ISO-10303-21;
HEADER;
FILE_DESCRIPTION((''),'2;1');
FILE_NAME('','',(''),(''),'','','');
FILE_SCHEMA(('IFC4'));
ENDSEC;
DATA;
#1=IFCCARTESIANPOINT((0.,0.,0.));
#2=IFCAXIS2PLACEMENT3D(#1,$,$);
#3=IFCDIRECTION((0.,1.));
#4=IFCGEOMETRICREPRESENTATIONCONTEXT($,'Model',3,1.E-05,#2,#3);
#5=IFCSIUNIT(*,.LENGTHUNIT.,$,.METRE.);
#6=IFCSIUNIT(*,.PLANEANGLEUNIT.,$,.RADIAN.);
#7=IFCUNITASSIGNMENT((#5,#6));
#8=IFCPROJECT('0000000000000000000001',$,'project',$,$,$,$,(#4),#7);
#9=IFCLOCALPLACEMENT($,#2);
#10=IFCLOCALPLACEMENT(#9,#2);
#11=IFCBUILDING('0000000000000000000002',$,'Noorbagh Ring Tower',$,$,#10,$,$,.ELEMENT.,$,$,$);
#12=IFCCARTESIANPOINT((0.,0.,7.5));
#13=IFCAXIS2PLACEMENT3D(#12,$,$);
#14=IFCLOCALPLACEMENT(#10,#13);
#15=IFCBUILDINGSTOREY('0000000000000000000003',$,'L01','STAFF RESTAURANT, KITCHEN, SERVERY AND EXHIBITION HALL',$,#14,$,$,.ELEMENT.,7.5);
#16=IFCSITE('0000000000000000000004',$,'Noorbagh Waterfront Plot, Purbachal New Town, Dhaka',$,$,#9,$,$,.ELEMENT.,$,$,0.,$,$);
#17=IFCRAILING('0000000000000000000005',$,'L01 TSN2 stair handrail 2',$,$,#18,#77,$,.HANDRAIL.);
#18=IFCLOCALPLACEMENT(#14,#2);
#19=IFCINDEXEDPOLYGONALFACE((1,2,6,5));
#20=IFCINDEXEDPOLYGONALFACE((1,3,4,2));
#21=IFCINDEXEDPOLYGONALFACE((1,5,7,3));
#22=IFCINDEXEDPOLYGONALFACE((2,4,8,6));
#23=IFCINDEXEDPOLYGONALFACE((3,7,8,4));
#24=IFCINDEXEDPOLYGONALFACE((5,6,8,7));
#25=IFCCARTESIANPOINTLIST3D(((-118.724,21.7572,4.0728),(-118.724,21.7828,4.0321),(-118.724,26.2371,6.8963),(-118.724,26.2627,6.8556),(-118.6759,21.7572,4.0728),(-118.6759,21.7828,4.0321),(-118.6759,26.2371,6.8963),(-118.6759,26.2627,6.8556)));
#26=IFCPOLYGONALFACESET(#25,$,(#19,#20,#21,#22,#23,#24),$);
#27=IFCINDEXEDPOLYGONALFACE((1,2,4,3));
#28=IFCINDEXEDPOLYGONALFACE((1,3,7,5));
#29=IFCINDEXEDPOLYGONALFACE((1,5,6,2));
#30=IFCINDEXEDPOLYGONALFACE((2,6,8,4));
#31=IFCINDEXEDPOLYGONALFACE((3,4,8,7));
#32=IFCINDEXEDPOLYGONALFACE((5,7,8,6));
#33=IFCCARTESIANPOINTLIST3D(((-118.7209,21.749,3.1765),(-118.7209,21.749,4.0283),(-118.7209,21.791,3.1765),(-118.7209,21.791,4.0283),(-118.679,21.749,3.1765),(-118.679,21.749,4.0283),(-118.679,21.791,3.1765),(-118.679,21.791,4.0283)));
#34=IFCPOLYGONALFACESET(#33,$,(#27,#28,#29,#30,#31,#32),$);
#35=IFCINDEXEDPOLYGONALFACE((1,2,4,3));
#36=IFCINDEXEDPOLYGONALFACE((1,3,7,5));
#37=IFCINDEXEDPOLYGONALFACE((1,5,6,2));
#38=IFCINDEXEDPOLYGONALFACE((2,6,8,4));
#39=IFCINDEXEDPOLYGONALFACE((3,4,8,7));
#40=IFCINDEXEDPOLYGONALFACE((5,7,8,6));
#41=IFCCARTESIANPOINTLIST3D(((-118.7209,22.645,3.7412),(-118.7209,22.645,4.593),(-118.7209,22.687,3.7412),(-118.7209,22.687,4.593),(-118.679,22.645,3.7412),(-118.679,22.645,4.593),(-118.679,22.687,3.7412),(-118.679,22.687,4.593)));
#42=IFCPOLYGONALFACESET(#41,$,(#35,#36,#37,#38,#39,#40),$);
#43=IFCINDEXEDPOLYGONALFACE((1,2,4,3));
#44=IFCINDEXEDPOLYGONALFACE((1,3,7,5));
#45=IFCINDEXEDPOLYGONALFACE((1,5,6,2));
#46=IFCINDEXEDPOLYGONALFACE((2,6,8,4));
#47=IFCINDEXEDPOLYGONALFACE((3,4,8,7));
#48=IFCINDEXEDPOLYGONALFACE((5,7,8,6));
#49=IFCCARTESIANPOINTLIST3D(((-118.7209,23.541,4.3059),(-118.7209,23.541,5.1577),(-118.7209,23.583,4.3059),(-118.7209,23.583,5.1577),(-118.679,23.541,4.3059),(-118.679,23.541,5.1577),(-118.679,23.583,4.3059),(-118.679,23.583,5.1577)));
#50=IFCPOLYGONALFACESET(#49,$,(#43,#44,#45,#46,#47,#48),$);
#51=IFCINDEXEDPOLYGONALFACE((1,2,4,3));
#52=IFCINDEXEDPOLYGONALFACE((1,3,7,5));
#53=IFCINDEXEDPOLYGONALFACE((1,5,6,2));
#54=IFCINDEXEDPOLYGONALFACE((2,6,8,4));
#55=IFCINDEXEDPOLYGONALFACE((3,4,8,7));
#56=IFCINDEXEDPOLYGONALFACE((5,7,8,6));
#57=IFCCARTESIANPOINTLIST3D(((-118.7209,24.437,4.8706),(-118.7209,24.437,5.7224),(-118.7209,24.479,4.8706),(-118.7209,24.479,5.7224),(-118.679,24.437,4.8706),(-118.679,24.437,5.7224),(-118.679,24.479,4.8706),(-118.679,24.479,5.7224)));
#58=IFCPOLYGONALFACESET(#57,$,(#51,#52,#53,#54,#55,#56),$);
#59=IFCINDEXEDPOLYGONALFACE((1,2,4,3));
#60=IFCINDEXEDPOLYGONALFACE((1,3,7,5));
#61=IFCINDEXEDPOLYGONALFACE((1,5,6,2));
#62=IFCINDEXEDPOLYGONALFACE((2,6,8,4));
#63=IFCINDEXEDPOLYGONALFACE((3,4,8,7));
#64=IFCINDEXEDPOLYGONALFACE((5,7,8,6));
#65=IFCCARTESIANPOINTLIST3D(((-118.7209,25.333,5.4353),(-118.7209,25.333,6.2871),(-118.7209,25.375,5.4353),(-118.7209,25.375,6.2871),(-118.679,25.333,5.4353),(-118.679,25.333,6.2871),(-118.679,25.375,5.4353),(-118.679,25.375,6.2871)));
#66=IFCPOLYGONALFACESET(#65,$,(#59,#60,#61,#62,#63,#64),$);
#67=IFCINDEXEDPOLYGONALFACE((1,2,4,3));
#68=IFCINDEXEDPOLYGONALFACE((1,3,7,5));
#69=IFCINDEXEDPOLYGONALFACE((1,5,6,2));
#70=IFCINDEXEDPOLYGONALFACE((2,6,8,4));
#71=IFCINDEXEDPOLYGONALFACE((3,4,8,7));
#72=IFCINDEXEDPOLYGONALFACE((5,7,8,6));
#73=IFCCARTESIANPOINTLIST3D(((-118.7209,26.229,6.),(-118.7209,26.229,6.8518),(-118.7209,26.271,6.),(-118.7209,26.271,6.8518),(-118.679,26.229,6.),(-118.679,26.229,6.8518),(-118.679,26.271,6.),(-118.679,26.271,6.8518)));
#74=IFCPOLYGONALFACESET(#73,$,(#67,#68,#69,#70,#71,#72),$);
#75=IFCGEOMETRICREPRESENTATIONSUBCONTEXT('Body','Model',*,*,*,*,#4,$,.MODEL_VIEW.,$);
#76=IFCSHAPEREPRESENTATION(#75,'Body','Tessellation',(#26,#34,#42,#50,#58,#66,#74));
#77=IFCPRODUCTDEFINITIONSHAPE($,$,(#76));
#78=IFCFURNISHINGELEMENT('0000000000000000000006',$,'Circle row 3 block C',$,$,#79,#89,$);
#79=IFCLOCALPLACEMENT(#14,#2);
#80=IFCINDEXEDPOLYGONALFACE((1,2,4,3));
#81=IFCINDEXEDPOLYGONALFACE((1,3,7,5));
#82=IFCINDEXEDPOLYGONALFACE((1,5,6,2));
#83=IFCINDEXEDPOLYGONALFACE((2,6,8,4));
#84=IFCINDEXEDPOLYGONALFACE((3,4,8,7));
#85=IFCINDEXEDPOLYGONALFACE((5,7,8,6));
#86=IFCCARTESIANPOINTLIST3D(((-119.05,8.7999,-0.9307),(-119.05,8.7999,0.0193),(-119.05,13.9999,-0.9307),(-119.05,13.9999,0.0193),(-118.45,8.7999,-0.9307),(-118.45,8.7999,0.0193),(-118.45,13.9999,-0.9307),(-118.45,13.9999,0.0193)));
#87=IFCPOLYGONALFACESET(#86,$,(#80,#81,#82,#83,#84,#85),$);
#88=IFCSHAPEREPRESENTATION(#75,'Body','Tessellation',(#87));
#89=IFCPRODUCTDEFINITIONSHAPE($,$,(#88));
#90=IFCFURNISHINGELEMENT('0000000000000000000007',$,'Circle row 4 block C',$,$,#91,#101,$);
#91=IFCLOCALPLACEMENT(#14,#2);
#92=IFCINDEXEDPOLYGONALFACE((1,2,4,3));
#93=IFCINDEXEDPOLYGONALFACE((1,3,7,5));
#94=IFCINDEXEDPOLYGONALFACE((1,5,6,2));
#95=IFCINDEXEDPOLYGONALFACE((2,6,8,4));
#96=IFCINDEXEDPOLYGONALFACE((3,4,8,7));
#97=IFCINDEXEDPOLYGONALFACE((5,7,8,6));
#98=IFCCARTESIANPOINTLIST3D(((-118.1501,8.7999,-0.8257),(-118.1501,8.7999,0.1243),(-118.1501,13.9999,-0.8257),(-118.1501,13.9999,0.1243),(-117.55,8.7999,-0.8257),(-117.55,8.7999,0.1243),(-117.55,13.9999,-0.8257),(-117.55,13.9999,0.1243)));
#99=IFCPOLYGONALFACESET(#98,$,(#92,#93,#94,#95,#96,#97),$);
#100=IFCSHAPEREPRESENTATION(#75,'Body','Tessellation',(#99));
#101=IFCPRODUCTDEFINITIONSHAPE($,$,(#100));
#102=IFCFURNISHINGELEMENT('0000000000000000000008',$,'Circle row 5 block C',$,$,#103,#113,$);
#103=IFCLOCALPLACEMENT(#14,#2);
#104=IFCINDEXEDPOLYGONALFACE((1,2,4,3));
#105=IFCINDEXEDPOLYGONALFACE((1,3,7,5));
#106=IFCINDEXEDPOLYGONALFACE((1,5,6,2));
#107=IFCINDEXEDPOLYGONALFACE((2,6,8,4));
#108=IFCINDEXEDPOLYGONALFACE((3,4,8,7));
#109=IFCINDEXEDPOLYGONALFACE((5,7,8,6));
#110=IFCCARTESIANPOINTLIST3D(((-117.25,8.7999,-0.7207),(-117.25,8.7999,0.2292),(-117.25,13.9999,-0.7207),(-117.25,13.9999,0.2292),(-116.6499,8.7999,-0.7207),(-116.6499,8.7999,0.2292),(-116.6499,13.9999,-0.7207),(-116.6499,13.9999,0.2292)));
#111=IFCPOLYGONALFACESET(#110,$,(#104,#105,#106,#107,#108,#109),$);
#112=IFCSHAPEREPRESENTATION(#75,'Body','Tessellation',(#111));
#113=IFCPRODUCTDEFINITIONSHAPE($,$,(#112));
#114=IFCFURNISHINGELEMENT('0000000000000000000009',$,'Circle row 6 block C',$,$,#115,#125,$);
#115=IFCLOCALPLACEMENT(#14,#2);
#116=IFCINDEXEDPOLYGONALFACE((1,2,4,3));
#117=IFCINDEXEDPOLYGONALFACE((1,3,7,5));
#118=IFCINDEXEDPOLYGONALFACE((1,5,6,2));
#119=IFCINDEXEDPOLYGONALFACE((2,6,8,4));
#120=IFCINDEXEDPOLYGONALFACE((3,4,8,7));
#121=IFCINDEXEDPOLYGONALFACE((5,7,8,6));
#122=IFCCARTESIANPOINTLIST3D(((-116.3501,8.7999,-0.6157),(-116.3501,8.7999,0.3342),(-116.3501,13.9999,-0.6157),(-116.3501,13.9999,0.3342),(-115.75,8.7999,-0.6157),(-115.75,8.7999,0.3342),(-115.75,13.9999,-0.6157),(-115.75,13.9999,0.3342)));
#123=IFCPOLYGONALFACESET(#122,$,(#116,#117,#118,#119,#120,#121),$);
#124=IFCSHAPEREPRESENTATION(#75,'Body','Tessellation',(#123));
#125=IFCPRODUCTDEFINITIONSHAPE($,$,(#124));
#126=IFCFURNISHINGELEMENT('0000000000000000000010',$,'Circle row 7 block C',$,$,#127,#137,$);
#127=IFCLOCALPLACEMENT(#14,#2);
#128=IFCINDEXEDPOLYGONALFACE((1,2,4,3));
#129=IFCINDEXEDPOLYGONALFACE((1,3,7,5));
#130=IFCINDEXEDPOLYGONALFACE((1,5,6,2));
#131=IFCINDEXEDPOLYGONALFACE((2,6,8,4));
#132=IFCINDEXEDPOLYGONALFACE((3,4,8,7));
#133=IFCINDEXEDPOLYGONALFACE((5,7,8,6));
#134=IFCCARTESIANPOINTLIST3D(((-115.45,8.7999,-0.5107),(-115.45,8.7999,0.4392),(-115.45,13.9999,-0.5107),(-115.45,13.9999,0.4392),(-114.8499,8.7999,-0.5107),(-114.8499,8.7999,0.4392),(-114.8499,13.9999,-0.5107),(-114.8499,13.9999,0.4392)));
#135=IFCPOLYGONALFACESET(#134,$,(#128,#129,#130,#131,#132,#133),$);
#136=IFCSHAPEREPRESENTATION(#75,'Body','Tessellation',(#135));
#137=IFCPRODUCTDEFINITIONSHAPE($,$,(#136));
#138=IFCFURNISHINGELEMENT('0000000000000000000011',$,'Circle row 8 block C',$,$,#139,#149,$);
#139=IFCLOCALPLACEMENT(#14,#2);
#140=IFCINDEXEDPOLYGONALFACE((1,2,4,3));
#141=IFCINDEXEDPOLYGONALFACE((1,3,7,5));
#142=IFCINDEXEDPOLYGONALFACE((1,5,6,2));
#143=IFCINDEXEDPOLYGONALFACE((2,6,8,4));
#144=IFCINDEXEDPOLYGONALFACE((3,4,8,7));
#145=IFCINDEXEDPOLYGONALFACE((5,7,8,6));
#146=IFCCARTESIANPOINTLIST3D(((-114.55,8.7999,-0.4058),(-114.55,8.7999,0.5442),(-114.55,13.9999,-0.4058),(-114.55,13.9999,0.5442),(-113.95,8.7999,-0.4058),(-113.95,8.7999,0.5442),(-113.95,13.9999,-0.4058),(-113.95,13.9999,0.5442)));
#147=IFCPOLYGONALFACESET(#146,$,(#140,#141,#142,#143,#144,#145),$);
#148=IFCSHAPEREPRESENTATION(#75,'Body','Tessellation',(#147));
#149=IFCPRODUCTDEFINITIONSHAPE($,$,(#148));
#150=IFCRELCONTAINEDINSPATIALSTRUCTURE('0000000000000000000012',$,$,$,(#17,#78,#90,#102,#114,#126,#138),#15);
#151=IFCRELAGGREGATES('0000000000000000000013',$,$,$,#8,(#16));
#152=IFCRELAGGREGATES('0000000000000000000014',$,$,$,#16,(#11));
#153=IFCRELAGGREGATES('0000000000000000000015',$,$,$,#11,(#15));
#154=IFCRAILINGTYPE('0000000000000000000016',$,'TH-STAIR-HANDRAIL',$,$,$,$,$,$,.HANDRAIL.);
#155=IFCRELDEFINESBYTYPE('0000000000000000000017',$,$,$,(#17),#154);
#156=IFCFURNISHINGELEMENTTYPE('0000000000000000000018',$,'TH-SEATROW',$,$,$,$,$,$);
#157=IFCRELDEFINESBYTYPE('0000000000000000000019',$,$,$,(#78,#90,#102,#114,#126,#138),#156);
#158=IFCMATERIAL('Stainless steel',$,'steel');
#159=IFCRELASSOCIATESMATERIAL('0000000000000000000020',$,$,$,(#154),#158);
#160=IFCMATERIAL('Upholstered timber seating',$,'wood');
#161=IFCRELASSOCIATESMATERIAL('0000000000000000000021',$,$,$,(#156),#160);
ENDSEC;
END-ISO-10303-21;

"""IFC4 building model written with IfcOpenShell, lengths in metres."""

from ifc_helpers import new_model, si_unit, direction, frame, origin, origin_2d, place, context, subcontext, project, spatial, rectangle, extrude, material, type_object, element, save


model = new_model("IFC4")

# Units and contexts
model_context = context("Model", 3, precision=1e-05, world=origin(), true_north=direction((0.0, 1.0)))
body_context = subcontext(model_context, "Body", "Model", "MODEL_VIEW")
ifc_project = project(units=[si_unit("LENGTHUNIT", "METRE"), si_unit("PLANEANGLEUNIT", "RADIAN")], contexts=[model_context])

# Site, building, storey
site_placement = place(None, origin())
site = spatial("IfcSite", under=ifc_project, at=site_placement, Name="Noorbagh Waterfront Plot, Purbachal New Town, Dhaka", CompositionType="ELEMENT", RefElevation=0.0)
building_placement = place(site_placement, origin())
building = spatial("IfcBuilding", under=site, at=building_placement, Name="Noorbagh Ring Tower", CompositionType="ELEMENT")
storey_placement = place(building_placement, frame((0.0, 0.0, 7.5)))
storey = spatial("IfcBuildingStorey", under=building, at=storey_placement, Name="L01", Description="STAFF RESTAURANT, KITCHEN, SERVERY AND EXHIBITION HALL", CompositionType="ELEMENT", Elevation=7.5)

# Railing
ifc_material_1 = material(Name="Stainless steel", Category="steel")
railing_type_1 = type_object("IfcRailingType", Name="TH-STAIR-HANDRAIL", PredefinedType="HANDRAIL", material=ifc_material_1)
railing_1_placement = place(storey_placement, frame((-118.7, 21.77, 3.1765)))
element("IfcRailing", 1, at=railing_1_placement, inside=storey, type_object=railing_type_1, Name="L01 TSN2 stair handrail 2", PredefinedType="HANDRAIL", context=body_context, shape_type="SweptSolid", body=[
    extrude(rectangle(XDim=0.0481, YDim=0.0481, at=origin_2d()), frame((0.0, 0.0, 0.876), z_axis=(0.0, 0.845998, 0.533186), x_axis=(-1.0, 0.0, 0.0)), (0.0, 0.0, 1.0), 5.2954),
    extrude(rectangle(XDim=0.042, YDim=0.042, at=origin_2d()), origin(), (0.0, 0.0, 1.0), 0.8518),
    extrude(rectangle(XDim=0.042, YDim=0.042, at=origin_2d()), frame((0.0, 0.896, 0.5647)), (0.0, 0.0, 1.0), 0.8518),
    extrude(rectangle(XDim=0.042, YDim=0.042, at=origin_2d()), frame((0.0, 1.792, 1.1294)), (0.0, 0.0, 1.0), 0.8518),
    extrude(rectangle(XDim=0.042, YDim=0.042, at=origin_2d()), frame((0.0, 2.688, 1.6941)), (0.0, 0.0, 1.0), 0.8518),
    extrude(rectangle(XDim=0.042, YDim=0.042, at=origin_2d()), frame((0.0, 3.584, 2.2588)), (0.0, 0.0, 1.0), 0.8518),
    extrude(rectangle(XDim=0.042, YDim=0.042, at=origin_2d()), frame((0.0, 4.48, 2.8235)), (0.0, 0.0, 1.0), 0.8518),
])

# Furnishing elements
ifc_material_2 = material(Name="Upholstered timber seating", Category="wood")
furnishing_element_type = type_object("IfcFurnishingElementType", Name="TH-SEATROW", material=ifc_material_2)
for number, where, z_axis, x_axis, name in (
    (2, (-118.75, 11.3999, -0.9307), (0.0, 0.0, 1.0), (1.0, 0.0, 0.0), "Circle row 3 block C"),
    (3, (-117.8501, 11.3999, -0.8257), (0.0, 0.0, 1.0), (1.0, 0.0, 0.0), "Circle row 4 block C"),
    (4, (-116.95, 11.3999, -0.7207), (0.0, 0.0, 1.0), (1.0, 0.0, 0.0), "Circle row 5 block C"),
    (5, (-116.05, 11.3999, -0.6157), (0.0, 0.0, 1.0), (1.0, 0.0, 0.0), "Circle row 6 block C"),
    (6, (-115.1499, 11.3999, -0.5107), (0.0, 0.0, 1.0), (1.0, 0.0, 0.0), "Circle row 7 block C"),
    (7, (-114.25, 11.3999, -0.4058), (0.0, 0.0, 1.0), (1.0, 0.0, 0.0), "Circle row 8 block C"),
):
    element("IfcFurnishingElement", number, at=place(storey_placement, frame(where, z_axis=z_axis, x_axis=x_axis)), inside=storey, type_object=furnishing_element_type, Name=name, context=body_context, shape_type="SweptSolid", body=[
        extrude(rectangle(XDim=0.6001, YDim=5.2, at=origin_2d()), origin(), (0.0, 0.0, 1.0), 0.95),
    ])

save(model, "model.ifc")
